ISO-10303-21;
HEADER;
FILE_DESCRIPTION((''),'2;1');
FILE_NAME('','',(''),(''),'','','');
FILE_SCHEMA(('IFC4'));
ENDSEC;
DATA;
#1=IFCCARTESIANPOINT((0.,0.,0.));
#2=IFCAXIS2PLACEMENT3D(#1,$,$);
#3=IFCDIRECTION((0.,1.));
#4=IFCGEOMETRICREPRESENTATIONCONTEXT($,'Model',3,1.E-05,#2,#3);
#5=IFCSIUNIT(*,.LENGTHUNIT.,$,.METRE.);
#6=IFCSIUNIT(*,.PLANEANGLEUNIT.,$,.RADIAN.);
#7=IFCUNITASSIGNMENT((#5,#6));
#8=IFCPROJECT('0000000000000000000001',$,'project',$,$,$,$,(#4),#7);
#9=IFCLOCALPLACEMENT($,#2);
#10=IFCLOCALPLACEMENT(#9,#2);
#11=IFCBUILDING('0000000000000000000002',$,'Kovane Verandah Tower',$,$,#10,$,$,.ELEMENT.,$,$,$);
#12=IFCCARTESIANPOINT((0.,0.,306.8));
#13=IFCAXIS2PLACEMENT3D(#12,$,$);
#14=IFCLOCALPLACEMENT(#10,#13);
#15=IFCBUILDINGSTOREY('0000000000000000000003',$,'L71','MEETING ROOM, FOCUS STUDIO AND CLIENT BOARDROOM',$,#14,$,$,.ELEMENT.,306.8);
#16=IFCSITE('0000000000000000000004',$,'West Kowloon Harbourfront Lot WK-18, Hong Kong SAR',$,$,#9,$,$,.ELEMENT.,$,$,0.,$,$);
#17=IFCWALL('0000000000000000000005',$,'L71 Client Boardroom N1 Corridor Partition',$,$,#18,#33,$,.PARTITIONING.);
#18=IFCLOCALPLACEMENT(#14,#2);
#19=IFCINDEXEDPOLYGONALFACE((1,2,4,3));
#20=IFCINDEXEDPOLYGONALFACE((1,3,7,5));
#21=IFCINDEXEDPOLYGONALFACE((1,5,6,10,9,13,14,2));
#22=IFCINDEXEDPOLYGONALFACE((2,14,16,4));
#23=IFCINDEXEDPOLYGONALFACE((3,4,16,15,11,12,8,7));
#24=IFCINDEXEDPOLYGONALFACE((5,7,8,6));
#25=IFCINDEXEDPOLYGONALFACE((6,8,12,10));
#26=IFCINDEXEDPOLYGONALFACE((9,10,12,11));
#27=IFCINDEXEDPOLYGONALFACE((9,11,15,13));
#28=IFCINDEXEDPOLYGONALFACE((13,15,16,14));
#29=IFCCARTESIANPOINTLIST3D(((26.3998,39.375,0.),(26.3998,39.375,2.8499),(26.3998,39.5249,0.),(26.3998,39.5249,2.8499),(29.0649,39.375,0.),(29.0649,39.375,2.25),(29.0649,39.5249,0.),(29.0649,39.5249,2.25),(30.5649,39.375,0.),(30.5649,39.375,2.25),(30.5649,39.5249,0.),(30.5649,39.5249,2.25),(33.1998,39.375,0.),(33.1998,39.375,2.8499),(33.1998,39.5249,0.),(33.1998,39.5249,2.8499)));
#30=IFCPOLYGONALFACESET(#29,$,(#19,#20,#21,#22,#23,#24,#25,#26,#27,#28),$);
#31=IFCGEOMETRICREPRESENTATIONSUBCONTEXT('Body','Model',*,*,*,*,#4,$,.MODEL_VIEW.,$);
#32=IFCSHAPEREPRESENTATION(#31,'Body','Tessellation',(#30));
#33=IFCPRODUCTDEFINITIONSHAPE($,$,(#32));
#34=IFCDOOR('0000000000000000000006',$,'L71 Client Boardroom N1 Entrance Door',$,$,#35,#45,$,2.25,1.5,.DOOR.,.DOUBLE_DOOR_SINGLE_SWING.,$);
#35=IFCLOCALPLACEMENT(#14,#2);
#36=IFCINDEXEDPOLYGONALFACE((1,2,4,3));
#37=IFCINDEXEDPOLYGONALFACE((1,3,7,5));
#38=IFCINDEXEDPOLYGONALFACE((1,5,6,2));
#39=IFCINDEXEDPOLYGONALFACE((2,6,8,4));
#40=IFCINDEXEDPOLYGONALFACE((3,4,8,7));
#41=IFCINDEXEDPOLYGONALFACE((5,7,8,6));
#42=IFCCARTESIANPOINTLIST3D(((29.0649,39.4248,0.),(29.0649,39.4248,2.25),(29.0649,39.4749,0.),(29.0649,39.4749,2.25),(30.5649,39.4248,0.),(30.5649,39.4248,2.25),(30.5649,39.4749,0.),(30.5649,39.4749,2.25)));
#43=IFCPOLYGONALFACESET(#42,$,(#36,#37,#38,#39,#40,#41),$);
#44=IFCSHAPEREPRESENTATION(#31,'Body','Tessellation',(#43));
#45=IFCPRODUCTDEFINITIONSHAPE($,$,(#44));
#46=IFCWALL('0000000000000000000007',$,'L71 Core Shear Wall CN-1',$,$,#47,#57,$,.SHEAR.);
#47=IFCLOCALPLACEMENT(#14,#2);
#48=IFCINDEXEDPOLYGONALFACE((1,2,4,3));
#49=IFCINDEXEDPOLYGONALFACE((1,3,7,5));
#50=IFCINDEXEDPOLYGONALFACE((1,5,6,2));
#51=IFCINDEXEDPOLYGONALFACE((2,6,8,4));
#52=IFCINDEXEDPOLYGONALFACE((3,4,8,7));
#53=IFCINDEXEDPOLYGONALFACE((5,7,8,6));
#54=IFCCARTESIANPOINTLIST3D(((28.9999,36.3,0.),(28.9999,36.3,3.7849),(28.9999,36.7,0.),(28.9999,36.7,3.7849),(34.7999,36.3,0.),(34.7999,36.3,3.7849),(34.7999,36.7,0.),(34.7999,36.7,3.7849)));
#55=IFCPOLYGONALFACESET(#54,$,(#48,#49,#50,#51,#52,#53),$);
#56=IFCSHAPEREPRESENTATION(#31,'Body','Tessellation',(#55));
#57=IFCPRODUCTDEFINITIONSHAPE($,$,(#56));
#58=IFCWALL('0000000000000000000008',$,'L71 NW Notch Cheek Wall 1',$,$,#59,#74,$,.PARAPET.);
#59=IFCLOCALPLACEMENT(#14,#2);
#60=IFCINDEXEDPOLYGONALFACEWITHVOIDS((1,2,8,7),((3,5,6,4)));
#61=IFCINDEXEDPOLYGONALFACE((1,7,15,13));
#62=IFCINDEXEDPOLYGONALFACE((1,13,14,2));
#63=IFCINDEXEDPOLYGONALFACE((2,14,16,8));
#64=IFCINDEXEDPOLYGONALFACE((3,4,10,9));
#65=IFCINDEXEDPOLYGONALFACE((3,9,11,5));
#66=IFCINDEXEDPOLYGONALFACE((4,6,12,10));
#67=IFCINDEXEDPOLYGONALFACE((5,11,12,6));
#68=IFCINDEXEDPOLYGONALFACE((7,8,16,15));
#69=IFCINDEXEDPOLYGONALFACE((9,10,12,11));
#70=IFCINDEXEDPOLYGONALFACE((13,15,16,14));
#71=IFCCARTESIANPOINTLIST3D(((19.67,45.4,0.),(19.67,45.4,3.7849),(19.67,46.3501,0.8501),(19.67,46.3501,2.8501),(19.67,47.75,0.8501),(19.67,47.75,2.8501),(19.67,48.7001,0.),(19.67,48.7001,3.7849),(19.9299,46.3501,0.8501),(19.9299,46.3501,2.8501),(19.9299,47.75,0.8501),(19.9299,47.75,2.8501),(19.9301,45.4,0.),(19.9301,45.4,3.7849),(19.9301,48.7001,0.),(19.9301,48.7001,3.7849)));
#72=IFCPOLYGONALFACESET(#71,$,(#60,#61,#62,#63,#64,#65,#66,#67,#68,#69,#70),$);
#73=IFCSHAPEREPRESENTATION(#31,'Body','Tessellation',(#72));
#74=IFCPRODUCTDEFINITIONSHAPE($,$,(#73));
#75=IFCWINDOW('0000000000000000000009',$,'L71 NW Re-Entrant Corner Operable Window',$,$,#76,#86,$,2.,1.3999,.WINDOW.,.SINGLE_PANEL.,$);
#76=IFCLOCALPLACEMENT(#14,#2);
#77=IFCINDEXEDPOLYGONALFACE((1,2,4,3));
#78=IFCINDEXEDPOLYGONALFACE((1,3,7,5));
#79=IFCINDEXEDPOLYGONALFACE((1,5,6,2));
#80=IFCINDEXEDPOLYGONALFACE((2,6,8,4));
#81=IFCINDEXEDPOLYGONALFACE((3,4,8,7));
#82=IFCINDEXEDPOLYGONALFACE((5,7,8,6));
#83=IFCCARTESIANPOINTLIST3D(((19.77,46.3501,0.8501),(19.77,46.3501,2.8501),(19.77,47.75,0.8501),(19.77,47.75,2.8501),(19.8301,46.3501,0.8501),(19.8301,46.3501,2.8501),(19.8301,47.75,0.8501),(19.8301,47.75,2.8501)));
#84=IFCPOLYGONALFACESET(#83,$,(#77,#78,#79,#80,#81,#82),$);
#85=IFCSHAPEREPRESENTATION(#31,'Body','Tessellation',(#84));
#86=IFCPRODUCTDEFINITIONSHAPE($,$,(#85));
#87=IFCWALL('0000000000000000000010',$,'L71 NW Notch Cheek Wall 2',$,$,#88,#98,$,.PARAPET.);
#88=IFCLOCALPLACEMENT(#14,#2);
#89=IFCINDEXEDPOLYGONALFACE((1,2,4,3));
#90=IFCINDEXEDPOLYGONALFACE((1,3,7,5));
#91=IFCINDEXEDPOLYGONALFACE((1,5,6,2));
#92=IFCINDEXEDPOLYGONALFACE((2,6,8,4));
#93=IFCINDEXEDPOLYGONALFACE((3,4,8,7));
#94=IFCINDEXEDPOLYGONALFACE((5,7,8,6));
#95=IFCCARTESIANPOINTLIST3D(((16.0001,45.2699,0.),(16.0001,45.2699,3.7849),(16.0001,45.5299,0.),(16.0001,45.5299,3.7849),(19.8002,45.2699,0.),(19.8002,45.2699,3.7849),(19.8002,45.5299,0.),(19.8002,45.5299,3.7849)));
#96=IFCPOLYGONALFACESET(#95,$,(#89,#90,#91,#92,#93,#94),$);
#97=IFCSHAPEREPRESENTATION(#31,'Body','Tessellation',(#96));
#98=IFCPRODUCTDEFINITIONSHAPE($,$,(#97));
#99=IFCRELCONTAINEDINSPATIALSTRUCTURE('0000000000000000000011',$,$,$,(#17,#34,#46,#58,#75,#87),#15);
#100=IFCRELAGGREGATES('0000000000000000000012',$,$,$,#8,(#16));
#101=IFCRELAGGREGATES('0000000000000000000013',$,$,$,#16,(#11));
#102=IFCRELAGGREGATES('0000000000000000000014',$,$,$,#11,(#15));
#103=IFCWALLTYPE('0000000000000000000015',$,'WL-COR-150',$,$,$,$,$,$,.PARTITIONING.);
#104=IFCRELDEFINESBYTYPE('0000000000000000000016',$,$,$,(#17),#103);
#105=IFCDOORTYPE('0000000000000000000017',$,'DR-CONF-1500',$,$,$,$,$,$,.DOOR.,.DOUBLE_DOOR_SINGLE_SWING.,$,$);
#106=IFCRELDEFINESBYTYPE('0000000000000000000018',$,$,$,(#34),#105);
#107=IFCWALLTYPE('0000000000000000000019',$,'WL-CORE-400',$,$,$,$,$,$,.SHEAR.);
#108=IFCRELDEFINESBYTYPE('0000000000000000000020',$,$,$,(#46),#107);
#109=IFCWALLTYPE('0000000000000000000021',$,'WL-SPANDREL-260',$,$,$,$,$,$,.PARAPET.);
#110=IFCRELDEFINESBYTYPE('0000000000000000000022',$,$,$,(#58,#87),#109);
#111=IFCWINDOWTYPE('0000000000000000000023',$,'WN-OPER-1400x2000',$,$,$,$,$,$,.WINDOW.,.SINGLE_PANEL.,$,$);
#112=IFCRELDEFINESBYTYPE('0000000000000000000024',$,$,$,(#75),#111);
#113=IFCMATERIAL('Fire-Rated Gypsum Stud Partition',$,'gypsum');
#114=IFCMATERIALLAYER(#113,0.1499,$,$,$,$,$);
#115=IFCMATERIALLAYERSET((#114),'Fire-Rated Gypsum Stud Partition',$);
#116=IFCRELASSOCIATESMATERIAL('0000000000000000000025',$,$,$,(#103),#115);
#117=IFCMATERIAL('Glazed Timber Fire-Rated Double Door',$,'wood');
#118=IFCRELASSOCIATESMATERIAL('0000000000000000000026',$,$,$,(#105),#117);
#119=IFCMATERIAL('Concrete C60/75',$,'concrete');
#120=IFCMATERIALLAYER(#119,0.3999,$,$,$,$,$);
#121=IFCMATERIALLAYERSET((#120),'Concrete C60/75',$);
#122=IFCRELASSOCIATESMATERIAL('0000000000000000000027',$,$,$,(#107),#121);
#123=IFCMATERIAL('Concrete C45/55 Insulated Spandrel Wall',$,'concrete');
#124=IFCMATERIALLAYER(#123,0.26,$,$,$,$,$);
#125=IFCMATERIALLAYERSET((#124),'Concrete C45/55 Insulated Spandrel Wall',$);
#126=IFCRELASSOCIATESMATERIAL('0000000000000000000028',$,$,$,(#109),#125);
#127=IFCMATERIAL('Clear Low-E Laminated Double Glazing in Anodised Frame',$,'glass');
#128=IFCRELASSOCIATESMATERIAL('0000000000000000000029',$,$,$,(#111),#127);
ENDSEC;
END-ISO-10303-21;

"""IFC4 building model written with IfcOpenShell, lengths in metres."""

from ifc_helpers import new_model, si_unit, direction, frame, frame_2d, origin, place, context, subcontext, project, spatial, rectangle, extrude, material, layer, layer_set, type_object, element, fill, save


model = new_model("IFC4")

# Units and contexts
model_context = context("Model", 3, precision=1e-05, world=origin(), true_north=direction((0.0, 1.0)))
body_context = subcontext(model_context, "Body", "Model", "MODEL_VIEW")
ifc_project = project(units=[si_unit("LENGTHUNIT", "METRE"), si_unit("PLANEANGLEUNIT", "RADIAN")], contexts=[model_context])

# Site, building, storey
site_placement = place(None, origin())
site = spatial("IfcSite", under=ifc_project, at=site_placement, Name="West Kowloon Harbourfront Lot WK-18, Hong Kong SAR", CompositionType="ELEMENT", RefElevation=0.0)
building_placement = place(site_placement, origin())
building = spatial("IfcBuilding", under=site, at=building_placement, Name="Kovane Verandah Tower", CompositionType="ELEMENT")
storey_placement = place(building_placement, frame((0.0, 0.0, 306.8)))
storey = spatial("IfcBuildingStorey", under=building, at=storey_placement, Name="L71", Description="MEETING ROOM, FOCUS STUDIO AND CLIENT BOARDROOM", CompositionType="ELEMENT", Elevation=306.8)

# Shared definitions
ifc_material_1 = material(Name="Concrete C60/75", Category="concrete")

# Wall, opening, door
ifc_material_2 = material(Name="Fire-Rated Gypsum Stud Partition", Category="gypsum")
ifc_layer_1 = layer(ifc_material_2, 0.1499)
ifc_layer_set_1 = layer_set([ifc_layer_1], Name="Fire-Rated Gypsum Stud Partition")
wall_type_1 = type_object("IfcWallType", Name="WL-COR-150", PredefinedType="PARTITIONING", material=ifc_layer_set_1)
wall_1_placement = place(storey_placement, frame((26.3999, 39.45, 0.0), z_axis=(0.0, 0.0, 1.0), x_axis=(1.0, 0.0, 0.0)))
wall_1 = element("IfcWall", 1, at=wall_1_placement, inside=storey, type_object=wall_type_1, Name="L71 Client Boardroom N1 Corridor Partition", PredefinedType="PARTITIONING", context=body_context, shape_type="SweptSolid", body=[
    extrude(rectangle(XDim=6.8, YDim=0.1499, at=frame_2d((3.3999, 0.0))), origin(), (0.0, 0.0, 1.0), 2.8499),
])
opening_1_placement = place(wall_1_placement, frame((2.665, 0.0, 0.0)))
opening_1 = element("IfcOpeningElement", 2, at=opening_1_placement, cuts=wall_1, PredefinedType="OPENING", context=body_context, shape_type="SweptSolid", body=[
    extrude(rectangle(XDim=1.5, YDim=2.25, at=frame_2d((0.75, 1.125))), frame((0.0, 0.075, 0.0), z_axis=(0.0, -1.0, 0.0), x_axis=(1.0, 0.0, 0.0)), (0.0, 0.0, 1.0), 0.1499),
])
ifc_material_3 = material(Name="Glazed Timber Fire-Rated Double Door", Category="wood")
door_type_1 = type_object("IfcDoorType", Name="DR-CONF-1500", OperationType="DOUBLE_DOOR_SINGLE_SWING", PredefinedType="DOOR", material=ifc_material_3)
door_1_placement = place(opening_1_placement, origin())
door_1 = element("IfcDoor", 3, at=door_1_placement, inside=storey, type_object=door_type_1, Name="L71 Client Boardroom N1 Entrance Door", OperationType="DOUBLE_DOOR_SINGLE_SWING", OverallHeight=2.25, OverallWidth=1.5, PredefinedType="DOOR", context=body_context, shape_type="SweptSolid", body=[
    extrude(rectangle(XDim=1.5, YDim=2.25, at=frame_2d((0.75, 1.125))), frame((0.0, 0.0249, 0.0), z_axis=(0.0, -1.0, 0.0), x_axis=(1.0, 0.0, 0.0)), (0.0, 0.0, 1.0), 0.05),
])
fill(opening_1, door_1)

# Wall
ifc_layer_2 = layer(ifc_material_1, 0.3999)
ifc_layer_set_2 = layer_set([ifc_layer_2], Name="Concrete C60/75")
wall_type_2 = type_object("IfcWallType", Name="WL-CORE-400", PredefinedType="SHEAR", material=ifc_layer_set_2)
wall_2_placement = place(storey_placement, frame((29.0, 36.5, 0.0), z_axis=(0.0, 0.0, 1.0), x_axis=(1.0, 0.0, 0.0)))
element("IfcWall", 4, at=wall_2_placement, inside=storey, type_object=wall_type_2, Name="L71 Core Shear Wall CN-1", PredefinedType="SHEAR", context=body_context, shape_type="SweptSolid", body=[
    extrude(rectangle(XDim=5.8, YDim=0.3999, at=frame_2d((2.8999, 0.0))), origin(), (0.0, 0.0, 1.0), 3.7849),
])

# Shared definitions
ifc_material_4 = material(Name="Concrete C45/55 Insulated Spandrel Wall", Category="concrete")
ifc_layer_3 = layer(ifc_material_4, 0.26)
ifc_layer_set_3 = layer_set([ifc_layer_3], Name="Concrete C45/55 Insulated Spandrel Wall")
wall_type_3 = type_object("IfcWallType", Name="WL-SPANDREL-260", PredefinedType="PARAPET", material=ifc_layer_set_3)
ifc_material_5 = material(Name="Clear Low-E Laminated Double Glazing in Anodised Frame", Category="glass")

# Wall, opening, window
wall_3_placement = place(storey_placement, frame((19.8, 48.7, 0.0), z_axis=(0.0, 0.0, 1.0), x_axis=(0.0, -1.0, 0.0)))
wall_3 = element("IfcWall", 5, at=wall_3_placement, inside=storey, type_object=wall_type_3, Name="L71 NW Notch Cheek Wall 1", PredefinedType="PARAPET", context=body_context, shape_type="SweptSolid", body=[
    extrude(rectangle(XDim=3.3, YDim=0.26, at=frame_2d((1.6499, 0.0))), origin(), (0.0, 0.0, 1.0), 3.7849),
])
opening_2_placement = place(wall_3_placement, frame((0.95, 0.0, 0.8501)))
opening_2 = element("IfcOpeningElement", 6, at=opening_2_placement, cuts=wall_3, PredefinedType="OPENING", context=body_context, shape_type="SweptSolid", body=[
    extrude(rectangle(XDim=1.3999, YDim=2.0, at=frame_2d((0.7, 1.0))), frame((0.0, 0.1299, 0.0), z_axis=(0.0, -1.0, 0.0), x_axis=(1.0, 0.0, 0.0)), (0.0, 0.0, 1.0), 0.26),
])
window_type_1 = type_object("IfcWindowType", Name="WN-OPER-1400x2000", PartitioningType="SINGLE_PANEL", PredefinedType="WINDOW", material=ifc_material_5)
window_1_placement = place(opening_2_placement, origin())
window_1 = element("IfcWindow", 7, at=window_1_placement, inside=storey, type_object=window_type_1, Name="L71 NW Re-Entrant Corner Operable Window", OverallHeight=2.0, OverallWidth=1.3999, PartitioningType="SINGLE_PANEL", PredefinedType="WINDOW", context=body_context, shape_type="SweptSolid", body=[
    extrude(rectangle(XDim=1.3999, YDim=2.0, at=frame_2d((0.7, 1.0))), frame((0.0, 0.03, 0.0), z_axis=(0.0, -1.0, 0.0), x_axis=(1.0, 0.0, 0.0)), (0.0, 0.0, 1.0), 0.0601),
])
fill(opening_2, window_1)

# Wall
wall_4_placement = place(storey_placement, frame((19.8, 45.3999, 0.0), z_axis=(0.0, 0.0, 1.0), x_axis=(-1.0, 0.0, 0.0)))
element("IfcWall", 8, at=wall_4_placement, inside=storey, type_object=wall_type_3, Name="L71 NW Notch Cheek Wall 2", PredefinedType="PARAPET", context=body_context, shape_type="SweptSolid", body=[
    extrude(rectangle(XDim=3.8, YDim=0.26, at=frame_2d((1.8999, 0.0))), origin(), (0.0, 0.0, 1.0), 3.7849),
])

save(model, "model.ifc")
